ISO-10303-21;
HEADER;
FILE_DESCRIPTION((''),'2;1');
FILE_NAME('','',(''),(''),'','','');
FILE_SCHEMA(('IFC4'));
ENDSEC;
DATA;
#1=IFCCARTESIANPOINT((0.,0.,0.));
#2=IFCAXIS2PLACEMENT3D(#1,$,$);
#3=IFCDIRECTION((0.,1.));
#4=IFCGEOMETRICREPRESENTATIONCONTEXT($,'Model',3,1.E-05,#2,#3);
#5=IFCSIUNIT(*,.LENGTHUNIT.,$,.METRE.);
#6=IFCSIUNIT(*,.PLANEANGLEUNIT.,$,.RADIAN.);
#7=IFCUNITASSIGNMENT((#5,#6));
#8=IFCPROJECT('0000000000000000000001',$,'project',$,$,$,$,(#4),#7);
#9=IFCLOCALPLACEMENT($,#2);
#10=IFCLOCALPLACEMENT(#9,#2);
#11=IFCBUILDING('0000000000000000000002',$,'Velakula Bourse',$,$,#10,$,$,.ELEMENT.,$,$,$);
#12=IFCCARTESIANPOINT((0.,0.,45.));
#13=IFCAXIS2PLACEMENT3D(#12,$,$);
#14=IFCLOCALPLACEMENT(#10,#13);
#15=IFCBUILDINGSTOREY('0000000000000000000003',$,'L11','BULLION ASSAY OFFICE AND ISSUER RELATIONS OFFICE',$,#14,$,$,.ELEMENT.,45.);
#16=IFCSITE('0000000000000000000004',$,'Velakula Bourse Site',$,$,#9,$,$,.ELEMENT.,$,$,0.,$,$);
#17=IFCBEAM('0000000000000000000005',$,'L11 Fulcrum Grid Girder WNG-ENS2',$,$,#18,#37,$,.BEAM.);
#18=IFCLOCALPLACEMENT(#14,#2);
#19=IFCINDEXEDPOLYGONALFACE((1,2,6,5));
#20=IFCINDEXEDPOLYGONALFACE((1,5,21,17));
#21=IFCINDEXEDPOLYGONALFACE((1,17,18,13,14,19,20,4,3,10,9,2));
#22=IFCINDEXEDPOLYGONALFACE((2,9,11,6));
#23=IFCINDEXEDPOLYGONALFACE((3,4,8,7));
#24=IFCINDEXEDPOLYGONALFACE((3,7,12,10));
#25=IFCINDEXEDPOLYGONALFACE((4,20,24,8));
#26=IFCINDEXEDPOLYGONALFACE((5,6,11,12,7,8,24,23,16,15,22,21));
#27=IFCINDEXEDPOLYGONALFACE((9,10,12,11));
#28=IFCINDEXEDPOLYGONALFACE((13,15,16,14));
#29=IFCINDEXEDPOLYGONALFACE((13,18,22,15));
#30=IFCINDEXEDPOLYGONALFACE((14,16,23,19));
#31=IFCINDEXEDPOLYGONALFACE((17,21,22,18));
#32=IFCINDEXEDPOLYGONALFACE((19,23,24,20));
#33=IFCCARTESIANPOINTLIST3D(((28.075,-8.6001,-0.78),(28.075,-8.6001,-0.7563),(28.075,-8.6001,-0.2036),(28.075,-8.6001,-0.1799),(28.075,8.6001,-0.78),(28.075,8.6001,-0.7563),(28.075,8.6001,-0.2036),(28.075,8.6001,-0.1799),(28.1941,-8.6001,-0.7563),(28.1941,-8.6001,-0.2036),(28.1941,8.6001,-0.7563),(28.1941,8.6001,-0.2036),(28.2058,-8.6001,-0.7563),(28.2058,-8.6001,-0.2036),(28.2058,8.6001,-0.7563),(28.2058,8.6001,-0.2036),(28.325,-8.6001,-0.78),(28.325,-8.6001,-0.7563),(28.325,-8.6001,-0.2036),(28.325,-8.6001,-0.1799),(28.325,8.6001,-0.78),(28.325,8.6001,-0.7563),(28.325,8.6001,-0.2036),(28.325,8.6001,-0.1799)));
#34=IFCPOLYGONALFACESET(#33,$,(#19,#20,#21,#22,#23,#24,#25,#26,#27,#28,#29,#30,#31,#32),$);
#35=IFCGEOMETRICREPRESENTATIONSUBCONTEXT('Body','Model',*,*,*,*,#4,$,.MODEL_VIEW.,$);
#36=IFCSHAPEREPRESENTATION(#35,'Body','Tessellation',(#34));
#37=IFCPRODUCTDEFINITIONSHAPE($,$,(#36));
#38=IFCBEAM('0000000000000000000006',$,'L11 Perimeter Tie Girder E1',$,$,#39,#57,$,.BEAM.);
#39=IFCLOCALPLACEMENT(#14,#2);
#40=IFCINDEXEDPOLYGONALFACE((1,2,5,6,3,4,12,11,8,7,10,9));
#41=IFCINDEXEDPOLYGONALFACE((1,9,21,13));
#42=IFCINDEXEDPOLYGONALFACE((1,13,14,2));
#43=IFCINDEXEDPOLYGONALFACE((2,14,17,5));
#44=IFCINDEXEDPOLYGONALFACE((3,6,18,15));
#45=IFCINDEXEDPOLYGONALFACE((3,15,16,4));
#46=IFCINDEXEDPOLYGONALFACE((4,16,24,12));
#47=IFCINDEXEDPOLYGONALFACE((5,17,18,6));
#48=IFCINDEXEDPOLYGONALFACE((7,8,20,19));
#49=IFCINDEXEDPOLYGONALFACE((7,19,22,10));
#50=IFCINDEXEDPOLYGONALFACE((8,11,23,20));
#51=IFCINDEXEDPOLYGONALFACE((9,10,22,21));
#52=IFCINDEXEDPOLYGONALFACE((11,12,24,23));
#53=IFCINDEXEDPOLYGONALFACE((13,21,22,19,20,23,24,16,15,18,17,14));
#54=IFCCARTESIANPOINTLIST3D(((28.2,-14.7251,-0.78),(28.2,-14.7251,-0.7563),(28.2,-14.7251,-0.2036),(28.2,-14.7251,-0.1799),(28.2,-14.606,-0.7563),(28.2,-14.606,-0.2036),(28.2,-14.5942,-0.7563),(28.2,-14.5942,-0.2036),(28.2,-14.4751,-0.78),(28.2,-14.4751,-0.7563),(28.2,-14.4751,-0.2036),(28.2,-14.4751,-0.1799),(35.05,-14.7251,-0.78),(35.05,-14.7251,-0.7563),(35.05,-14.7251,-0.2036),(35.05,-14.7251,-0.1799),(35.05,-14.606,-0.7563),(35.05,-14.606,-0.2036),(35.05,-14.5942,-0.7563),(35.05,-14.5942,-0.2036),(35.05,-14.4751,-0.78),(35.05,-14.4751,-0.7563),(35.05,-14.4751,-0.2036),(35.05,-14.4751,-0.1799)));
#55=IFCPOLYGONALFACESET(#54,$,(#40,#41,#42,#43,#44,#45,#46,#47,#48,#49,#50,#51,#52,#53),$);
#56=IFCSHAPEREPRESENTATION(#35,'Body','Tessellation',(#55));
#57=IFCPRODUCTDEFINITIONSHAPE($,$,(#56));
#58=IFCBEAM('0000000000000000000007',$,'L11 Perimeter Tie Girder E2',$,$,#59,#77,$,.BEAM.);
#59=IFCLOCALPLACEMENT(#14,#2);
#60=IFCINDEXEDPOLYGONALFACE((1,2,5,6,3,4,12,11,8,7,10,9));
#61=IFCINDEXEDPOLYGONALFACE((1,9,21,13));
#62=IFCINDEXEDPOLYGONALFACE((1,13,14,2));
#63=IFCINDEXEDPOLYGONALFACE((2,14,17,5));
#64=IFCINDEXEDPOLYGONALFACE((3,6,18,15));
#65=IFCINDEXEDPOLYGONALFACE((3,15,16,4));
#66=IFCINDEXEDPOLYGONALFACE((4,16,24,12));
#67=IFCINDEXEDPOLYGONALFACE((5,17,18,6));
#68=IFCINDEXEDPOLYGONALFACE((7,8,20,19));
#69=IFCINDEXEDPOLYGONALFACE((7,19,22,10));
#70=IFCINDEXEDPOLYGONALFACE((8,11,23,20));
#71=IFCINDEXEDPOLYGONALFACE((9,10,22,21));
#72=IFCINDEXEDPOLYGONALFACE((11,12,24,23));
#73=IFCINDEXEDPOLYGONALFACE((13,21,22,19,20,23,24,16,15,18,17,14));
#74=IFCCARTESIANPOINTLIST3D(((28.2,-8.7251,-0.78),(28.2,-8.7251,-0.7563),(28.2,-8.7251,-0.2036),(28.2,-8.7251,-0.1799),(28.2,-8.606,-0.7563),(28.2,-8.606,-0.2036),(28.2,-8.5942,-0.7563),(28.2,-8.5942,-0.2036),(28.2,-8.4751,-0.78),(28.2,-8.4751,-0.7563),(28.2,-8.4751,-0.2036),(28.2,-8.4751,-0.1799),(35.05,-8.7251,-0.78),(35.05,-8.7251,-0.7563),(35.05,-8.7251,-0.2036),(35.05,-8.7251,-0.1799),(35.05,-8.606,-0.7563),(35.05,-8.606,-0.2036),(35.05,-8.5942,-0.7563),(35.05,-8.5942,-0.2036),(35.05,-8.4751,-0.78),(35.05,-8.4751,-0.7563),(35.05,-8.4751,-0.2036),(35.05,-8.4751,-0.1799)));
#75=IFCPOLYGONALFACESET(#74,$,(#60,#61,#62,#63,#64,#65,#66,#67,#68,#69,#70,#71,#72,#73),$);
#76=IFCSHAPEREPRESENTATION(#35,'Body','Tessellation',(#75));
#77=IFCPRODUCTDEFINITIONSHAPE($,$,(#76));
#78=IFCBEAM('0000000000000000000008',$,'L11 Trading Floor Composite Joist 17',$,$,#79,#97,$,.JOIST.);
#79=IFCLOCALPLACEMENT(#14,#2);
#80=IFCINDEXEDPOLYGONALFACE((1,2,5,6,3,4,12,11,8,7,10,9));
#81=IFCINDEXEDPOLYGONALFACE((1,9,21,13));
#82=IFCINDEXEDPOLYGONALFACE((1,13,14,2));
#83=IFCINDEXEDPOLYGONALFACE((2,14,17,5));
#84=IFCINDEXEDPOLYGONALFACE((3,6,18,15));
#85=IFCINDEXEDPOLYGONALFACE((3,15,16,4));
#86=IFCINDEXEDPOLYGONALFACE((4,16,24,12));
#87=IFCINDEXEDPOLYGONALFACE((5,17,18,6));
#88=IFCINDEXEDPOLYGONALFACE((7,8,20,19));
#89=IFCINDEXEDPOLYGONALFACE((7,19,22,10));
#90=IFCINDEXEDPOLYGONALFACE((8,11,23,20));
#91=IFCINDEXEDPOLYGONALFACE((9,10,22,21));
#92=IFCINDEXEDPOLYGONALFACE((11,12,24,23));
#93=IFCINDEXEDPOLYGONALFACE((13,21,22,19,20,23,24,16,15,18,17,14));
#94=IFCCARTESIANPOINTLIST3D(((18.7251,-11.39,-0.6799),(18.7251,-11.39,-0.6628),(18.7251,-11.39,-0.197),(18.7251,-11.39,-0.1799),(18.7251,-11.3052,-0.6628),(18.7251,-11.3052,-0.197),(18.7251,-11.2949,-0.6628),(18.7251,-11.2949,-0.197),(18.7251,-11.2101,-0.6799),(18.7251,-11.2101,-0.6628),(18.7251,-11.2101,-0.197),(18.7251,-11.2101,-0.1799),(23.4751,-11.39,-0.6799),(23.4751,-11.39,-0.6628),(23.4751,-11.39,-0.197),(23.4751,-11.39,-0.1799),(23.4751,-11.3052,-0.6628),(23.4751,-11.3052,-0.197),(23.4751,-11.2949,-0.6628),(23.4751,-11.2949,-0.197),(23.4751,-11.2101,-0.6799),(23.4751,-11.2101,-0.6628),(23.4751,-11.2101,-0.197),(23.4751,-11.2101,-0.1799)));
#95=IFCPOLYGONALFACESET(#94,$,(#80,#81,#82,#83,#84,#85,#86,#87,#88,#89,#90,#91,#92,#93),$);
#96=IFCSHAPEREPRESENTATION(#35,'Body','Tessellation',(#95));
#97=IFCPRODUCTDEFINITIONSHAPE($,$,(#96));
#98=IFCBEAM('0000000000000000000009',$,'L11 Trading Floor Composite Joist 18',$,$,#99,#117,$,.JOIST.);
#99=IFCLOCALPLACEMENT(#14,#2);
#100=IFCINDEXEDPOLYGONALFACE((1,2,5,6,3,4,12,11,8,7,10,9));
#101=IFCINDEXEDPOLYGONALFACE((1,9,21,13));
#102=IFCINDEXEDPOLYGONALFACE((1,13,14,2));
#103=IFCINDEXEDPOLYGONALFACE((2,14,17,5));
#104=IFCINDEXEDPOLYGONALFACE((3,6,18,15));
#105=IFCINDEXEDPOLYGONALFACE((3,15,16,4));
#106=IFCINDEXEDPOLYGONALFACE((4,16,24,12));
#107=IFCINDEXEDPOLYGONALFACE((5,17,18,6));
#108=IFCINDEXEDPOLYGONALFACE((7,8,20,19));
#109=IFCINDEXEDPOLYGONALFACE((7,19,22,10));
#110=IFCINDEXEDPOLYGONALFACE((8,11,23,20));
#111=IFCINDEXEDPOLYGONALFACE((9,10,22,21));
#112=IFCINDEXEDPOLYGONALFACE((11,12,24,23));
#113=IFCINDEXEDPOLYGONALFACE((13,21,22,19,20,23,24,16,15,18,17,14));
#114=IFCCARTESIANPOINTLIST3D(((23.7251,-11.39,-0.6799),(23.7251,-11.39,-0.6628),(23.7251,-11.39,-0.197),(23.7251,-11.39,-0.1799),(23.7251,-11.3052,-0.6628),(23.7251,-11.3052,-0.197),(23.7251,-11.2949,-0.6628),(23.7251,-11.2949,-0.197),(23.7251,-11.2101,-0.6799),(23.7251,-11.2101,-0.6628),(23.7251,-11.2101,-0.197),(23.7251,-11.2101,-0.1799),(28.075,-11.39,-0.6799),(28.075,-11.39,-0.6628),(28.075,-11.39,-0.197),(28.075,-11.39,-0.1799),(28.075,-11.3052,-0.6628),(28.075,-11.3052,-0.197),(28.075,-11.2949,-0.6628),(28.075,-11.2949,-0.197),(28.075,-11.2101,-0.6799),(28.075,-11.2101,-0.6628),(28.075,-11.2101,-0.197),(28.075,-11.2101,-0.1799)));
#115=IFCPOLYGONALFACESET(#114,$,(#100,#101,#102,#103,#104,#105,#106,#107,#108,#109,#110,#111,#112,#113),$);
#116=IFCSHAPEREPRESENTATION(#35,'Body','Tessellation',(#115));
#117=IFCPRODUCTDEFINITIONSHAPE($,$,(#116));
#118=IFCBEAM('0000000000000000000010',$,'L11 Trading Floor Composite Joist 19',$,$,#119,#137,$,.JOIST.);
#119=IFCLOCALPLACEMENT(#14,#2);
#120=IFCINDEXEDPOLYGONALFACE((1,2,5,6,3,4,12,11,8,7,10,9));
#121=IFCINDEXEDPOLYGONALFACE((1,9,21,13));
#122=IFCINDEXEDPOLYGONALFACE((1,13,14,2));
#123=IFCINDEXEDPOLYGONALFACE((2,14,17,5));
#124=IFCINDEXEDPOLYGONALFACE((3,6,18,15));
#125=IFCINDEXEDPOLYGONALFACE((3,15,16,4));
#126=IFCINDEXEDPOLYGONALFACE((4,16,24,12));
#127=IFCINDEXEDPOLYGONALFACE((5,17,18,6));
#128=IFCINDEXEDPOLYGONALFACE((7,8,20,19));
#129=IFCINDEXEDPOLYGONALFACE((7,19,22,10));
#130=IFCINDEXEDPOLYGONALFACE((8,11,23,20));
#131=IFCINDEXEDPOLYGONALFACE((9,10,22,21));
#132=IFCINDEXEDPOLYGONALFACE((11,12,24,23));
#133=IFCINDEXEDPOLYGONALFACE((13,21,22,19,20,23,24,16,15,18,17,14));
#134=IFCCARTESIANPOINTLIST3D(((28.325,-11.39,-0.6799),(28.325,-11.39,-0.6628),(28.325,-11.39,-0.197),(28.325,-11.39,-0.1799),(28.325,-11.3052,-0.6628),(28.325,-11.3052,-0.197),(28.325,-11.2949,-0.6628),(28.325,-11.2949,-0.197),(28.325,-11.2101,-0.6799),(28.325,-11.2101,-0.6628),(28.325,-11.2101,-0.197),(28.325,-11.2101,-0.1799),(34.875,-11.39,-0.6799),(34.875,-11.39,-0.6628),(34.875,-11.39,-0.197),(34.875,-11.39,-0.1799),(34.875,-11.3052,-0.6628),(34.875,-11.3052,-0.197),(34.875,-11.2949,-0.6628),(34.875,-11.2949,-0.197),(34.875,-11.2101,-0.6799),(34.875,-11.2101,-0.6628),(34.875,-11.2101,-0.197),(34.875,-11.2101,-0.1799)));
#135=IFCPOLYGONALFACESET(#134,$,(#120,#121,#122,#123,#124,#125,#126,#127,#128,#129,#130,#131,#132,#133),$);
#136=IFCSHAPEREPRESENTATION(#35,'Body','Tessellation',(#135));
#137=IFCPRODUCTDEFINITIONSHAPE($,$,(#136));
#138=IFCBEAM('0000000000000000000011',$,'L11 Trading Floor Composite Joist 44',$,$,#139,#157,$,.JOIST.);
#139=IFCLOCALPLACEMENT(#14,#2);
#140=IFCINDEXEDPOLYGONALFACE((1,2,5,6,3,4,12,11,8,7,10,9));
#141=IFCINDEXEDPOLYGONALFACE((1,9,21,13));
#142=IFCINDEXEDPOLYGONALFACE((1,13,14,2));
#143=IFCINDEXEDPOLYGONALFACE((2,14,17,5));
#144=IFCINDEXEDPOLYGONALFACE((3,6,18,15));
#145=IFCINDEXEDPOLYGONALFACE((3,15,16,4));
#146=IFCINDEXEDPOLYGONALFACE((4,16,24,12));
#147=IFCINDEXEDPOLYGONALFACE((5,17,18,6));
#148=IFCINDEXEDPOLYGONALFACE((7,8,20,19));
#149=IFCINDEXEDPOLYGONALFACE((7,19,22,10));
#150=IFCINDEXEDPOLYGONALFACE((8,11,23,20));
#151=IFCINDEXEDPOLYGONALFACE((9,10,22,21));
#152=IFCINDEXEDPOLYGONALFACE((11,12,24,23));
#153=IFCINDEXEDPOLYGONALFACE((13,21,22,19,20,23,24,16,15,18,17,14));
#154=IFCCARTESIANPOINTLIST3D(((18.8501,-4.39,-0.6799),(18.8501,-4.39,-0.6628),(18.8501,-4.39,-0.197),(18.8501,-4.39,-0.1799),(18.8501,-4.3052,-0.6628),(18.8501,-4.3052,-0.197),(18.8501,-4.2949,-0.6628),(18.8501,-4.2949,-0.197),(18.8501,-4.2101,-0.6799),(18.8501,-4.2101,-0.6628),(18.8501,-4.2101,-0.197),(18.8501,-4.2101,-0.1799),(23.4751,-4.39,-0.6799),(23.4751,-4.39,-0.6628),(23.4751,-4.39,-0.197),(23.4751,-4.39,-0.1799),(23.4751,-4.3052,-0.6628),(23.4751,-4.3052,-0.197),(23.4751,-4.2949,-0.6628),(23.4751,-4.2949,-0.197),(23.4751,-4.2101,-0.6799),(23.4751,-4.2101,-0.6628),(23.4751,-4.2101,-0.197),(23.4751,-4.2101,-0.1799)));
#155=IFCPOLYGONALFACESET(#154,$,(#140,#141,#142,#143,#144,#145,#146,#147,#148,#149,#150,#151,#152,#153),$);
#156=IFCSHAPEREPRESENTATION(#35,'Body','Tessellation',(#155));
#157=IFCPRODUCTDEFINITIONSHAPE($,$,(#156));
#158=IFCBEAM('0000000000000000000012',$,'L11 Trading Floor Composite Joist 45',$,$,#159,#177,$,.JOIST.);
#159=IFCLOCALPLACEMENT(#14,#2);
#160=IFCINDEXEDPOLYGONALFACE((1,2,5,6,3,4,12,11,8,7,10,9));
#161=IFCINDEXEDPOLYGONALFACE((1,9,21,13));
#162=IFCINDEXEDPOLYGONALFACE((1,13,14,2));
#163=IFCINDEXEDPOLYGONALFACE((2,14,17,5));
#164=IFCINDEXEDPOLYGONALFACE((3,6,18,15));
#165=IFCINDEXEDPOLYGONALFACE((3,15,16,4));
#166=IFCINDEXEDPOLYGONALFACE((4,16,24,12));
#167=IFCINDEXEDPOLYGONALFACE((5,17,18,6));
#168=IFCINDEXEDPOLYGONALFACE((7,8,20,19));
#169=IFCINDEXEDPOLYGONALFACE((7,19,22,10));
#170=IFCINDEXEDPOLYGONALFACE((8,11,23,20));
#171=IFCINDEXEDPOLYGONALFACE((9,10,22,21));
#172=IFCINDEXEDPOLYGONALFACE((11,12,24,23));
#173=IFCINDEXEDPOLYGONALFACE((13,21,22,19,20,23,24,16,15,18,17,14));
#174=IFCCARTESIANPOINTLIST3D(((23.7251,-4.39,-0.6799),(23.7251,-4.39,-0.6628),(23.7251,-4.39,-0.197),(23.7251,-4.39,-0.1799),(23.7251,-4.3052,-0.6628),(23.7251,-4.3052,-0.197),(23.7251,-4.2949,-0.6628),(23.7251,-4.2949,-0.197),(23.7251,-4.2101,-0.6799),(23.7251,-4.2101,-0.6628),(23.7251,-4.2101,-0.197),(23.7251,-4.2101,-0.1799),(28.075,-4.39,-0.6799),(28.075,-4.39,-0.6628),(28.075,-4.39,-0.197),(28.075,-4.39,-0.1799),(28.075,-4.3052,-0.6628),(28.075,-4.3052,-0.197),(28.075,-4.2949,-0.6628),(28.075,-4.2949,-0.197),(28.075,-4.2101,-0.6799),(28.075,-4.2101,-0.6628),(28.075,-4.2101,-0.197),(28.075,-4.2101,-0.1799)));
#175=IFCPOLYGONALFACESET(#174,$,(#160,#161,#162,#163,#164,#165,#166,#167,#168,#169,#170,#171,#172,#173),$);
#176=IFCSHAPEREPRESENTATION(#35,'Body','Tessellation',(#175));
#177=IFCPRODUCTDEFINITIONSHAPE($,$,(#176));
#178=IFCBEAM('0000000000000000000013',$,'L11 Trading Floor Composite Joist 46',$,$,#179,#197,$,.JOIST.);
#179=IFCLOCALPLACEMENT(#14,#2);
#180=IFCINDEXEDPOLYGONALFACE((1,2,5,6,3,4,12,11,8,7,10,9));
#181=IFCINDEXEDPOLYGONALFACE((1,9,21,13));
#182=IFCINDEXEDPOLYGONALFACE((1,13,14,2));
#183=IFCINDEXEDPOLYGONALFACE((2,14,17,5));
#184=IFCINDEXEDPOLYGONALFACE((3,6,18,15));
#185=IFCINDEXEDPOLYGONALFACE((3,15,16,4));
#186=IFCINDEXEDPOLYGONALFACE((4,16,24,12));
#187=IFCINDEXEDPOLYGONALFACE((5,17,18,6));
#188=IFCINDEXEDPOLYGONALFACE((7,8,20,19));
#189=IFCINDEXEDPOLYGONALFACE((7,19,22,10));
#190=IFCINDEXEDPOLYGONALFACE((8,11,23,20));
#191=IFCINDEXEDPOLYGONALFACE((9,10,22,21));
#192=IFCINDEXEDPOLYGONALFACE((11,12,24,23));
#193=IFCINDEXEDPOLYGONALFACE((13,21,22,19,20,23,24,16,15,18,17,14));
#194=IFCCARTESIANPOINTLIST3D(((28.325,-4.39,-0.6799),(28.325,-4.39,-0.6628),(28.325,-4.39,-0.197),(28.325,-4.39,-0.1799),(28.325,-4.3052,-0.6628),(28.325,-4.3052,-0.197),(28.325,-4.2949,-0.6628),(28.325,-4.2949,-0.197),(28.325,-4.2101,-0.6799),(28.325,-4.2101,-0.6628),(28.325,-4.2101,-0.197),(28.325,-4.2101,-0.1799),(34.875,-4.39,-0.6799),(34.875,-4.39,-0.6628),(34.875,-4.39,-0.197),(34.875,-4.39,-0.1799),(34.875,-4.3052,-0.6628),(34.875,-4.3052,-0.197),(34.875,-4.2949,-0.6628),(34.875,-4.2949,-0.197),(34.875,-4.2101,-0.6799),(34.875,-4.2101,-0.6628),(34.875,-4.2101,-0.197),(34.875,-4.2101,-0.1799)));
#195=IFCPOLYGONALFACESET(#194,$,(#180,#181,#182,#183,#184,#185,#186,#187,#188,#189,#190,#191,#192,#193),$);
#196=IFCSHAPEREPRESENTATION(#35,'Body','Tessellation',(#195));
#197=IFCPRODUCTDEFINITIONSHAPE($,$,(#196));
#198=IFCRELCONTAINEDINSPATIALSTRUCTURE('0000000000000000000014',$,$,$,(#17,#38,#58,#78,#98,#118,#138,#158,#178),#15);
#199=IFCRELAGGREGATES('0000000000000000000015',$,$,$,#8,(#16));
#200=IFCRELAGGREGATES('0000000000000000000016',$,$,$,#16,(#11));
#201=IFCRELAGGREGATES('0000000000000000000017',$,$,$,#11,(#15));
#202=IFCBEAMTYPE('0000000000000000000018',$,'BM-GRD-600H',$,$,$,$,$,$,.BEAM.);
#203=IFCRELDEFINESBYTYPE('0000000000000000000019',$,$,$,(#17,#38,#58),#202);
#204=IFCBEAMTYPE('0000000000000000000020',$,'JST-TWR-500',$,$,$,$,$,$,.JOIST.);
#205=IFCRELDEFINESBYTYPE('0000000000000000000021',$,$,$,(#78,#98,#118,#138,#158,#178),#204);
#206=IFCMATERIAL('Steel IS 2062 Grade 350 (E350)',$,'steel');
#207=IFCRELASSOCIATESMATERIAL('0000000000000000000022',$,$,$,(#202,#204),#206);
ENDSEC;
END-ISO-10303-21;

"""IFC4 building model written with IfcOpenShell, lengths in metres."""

from ifc_helpers import new_model, si_unit, direction, frame, origin, origin_2d, place, context, subcontext, project, spatial, i_section, extrude, material, material_profile, profile_set, type_object, element, save


model = new_model("IFC4")

# Units and contexts
model_context = context("Model", 3, precision=1e-05, world=origin(), true_north=direction((0.0, 1.0)))
body_context = subcontext(model_context, "Body", "Model", "MODEL_VIEW")
ifc_project = project(units=[si_unit("LENGTHUNIT", "METRE"), si_unit("PLANEANGLEUNIT", "RADIAN")], contexts=[model_context])

# Site, building, storey
site_placement = place(None, origin())
site = spatial("IfcSite", under=ifc_project, at=site_placement, Name="Velakula Bourse Site", CompositionType="ELEMENT", RefElevation=0.0)
building_placement = place(site_placement, origin())
building = spatial("IfcBuilding", under=site, at=building_placement, Name="Velakula Bourse", CompositionType="ELEMENT")
storey_placement = place(building_placement, frame((0.0, 0.0, 45.0)))
storey = spatial("IfcBuildingStorey", under=building, at=storey_placement, Name="L11", Description="BULLION ASSAY OFFICE AND ISSUER RELATIONS OFFICE", CompositionType="ELEMENT", Elevation=45.0)

# Beams
ifc_material_1 = material(Name="Steel IS 2062 Grade 350 (E350)", Category="steel")
ifc_material_profile_1 = material_profile(ifc_material_1, i_section(OverallWidth=0.25, OverallDepth=0.6001, WebThickness=0.0117, FlangeThickness=0.0237, at=origin_2d()), Name="Steel IS 2062 Grade 350 (E350)")
ifc_profile_set_1 = profile_set([ifc_material_profile_1], Name="Steel IS 2062 Grade 350 (E350)")
beam_type_1 = type_object("IfcBeamType", Name="BM-GRD-600H", PredefinedType="BEAM", material=ifc_profile_set_1)
beam_1_placement = place(storey_placement, frame((28.2, -8.6001, -0.48), z_axis=(0.0, 1.0, 0.0), x_axis=(-1.0, 0.0, 0.0)))
element("IfcBeam", 1, at=beam_1_placement, inside=storey, type_object=beam_type_1, Name="L11 Fulcrum Grid Girder WNG-ENS2", PredefinedType="BEAM", context=body_context, shape_type="SweptSolid", body=[
    extrude(i_section(OverallWidth=0.25, OverallDepth=0.6001, WebThickness=0.0117, FlangeThickness=0.0237, at=origin_2d()), origin(), (0.0, 0.0, 1.0), 17.2002),
])
for number, where, z_axis, x_axis, name in (
    (2, (28.2, -14.6001, -0.48), (1.0, 0.0, 0.0), (0.0, 1.0, 0.0), "L11 Perimeter Tie Girder E1"),
    (3, (28.2, -8.6001, -0.48), (1.0, 0.0, 0.0), (0.0, 1.0, 0.0), "L11 Perimeter Tie Girder E2"),
):
    element("IfcBeam", number, at=place(storey_placement, frame(where, z_axis=z_axis, x_axis=x_axis)), inside=storey, type_object=beam_type_1, Name=name, PredefinedType="BEAM", context=body_context, shape_type="SweptSolid", body=[
        extrude(i_section(OverallWidth=0.25, OverallDepth=0.6001, WebThickness=0.0117, FlangeThickness=0.0237, at=origin_2d()), origin(), (0.0, 0.0, 1.0), 6.8501),
    ])
ifc_material_profile_2 = material_profile(ifc_material_1, i_section(OverallWidth=0.1799, OverallDepth=0.5, WebThickness=0.0103, FlangeThickness=0.0171, at=origin_2d()), Name="Steel IS 2062 Grade 350 (E350)")
ifc_profile_set_2 = profile_set([ifc_material_profile_2], Name="Steel IS 2062 Grade 350 (E350)")
beam_type_2 = type_object("IfcBeamType", Name="JST-TWR-500", PredefinedType="JOIST", material=ifc_profile_set_2)
beam_2_placement = place(storey_placement, frame((18.7251, -11.3, -0.4299), z_axis=(1.0, 0.0, 0.0), x_axis=(0.0, 1.0, 0.0)))
element("IfcBeam", 4, at=beam_2_placement, inside=storey, type_object=beam_type_2, Name="L11 Trading Floor Composite Joist 17", PredefinedType="JOIST", context=body_context, shape_type="SweptSolid", body=[
    extrude(i_section(OverallWidth=0.1799, OverallDepth=0.5, WebThickness=0.0103, FlangeThickness=0.0171, at=origin_2d()), origin(), (0.0, 0.0, 1.0), 4.75),
])
beam_3_placement = place(storey_placement, frame((23.7251, -11.3, -0.4299), z_axis=(1.0, 0.0, 0.0), x_axis=(0.0, 1.0, 0.0)))
element("IfcBeam", 5, at=beam_3_placement, inside=storey, type_object=beam_type_2, Name="L11 Trading Floor Composite Joist 18", PredefinedType="JOIST", context=body_context, shape_type="SweptSolid", body=[
    extrude(i_section(OverallWidth=0.1799, OverallDepth=0.5, WebThickness=0.0103, FlangeThickness=0.0171, at=origin_2d()), origin(), (0.0, 0.0, 1.0), 4.3499),
])
beam_4_placement = place(storey_placement, frame((28.325, -11.3, -0.4299), z_axis=(1.0, 0.0, 0.0), x_axis=(0.0, 1.0, 0.0)))
element("IfcBeam", 6, at=beam_4_placement, inside=storey, type_object=beam_type_2, Name="L11 Trading Floor Composite Joist 19", PredefinedType="JOIST", context=body_context, shape_type="SweptSolid", body=[
    extrude(i_section(OverallWidth=0.1799, OverallDepth=0.5, WebThickness=0.0103, FlangeThickness=0.0171, at=origin_2d()), origin(), (0.0, 0.0, 1.0), 6.55),
])
beam_5_placement = place(storey_placement, frame((18.8501, -4.3, -0.4299), z_axis=(1.0, 0.0, 0.0), x_axis=(0.0, 1.0, 0.0)))
element("IfcBeam", 7, at=beam_5_placement, inside=storey, type_object=beam_type_2, Name="L11 Trading Floor Composite Joist 44", PredefinedType="JOIST", context=body_context, shape_type="SweptSolid", body=[
    extrude(i_section(OverallWidth=0.1799, OverallDepth=0.5, WebThickness=0.0103, FlangeThickness=0.0171, at=origin_2d()), origin(), (0.0, 0.0, 1.0), 4.625),
])
beam_6_placement = place(storey_placement, frame((23.7251, -4.3, -0.4299), z_axis=(1.0, 0.0, 0.0), x_axis=(0.0, 1.0, 0.0)))
element("IfcBeam", 8, at=beam_6_placement, inside=storey, type_object=beam_type_2, Name="L11 Trading Floor Composite Joist 45", PredefinedType="JOIST", context=body_context, shape_type="SweptSolid", body=[
    extrude(i_section(OverallWidth=0.1799, OverallDepth=0.5, WebThickness=0.0103, FlangeThickness=0.0171, at=origin_2d()), origin(), (0.0, 0.0, 1.0), 4.3499),
])
beam_7_placement = place(storey_placement, frame((28.325, -4.3, -0.4299), z_axis=(1.0, 0.0, 0.0), x_axis=(0.0, 1.0, 0.0)))
element("IfcBeam", 9, at=beam_7_placement, inside=storey, type_object=beam_type_2, Name="L11 Trading Floor Composite Joist 46", PredefinedType="JOIST", context=body_context, shape_type="SweptSolid", body=[
    extrude(i_section(OverallWidth=0.1799, OverallDepth=0.5, WebThickness=0.0103, FlangeThickness=0.0171, at=origin_2d()), origin(), (0.0, 0.0, 1.0), 6.55),
])

save(model, "model.ifc")
